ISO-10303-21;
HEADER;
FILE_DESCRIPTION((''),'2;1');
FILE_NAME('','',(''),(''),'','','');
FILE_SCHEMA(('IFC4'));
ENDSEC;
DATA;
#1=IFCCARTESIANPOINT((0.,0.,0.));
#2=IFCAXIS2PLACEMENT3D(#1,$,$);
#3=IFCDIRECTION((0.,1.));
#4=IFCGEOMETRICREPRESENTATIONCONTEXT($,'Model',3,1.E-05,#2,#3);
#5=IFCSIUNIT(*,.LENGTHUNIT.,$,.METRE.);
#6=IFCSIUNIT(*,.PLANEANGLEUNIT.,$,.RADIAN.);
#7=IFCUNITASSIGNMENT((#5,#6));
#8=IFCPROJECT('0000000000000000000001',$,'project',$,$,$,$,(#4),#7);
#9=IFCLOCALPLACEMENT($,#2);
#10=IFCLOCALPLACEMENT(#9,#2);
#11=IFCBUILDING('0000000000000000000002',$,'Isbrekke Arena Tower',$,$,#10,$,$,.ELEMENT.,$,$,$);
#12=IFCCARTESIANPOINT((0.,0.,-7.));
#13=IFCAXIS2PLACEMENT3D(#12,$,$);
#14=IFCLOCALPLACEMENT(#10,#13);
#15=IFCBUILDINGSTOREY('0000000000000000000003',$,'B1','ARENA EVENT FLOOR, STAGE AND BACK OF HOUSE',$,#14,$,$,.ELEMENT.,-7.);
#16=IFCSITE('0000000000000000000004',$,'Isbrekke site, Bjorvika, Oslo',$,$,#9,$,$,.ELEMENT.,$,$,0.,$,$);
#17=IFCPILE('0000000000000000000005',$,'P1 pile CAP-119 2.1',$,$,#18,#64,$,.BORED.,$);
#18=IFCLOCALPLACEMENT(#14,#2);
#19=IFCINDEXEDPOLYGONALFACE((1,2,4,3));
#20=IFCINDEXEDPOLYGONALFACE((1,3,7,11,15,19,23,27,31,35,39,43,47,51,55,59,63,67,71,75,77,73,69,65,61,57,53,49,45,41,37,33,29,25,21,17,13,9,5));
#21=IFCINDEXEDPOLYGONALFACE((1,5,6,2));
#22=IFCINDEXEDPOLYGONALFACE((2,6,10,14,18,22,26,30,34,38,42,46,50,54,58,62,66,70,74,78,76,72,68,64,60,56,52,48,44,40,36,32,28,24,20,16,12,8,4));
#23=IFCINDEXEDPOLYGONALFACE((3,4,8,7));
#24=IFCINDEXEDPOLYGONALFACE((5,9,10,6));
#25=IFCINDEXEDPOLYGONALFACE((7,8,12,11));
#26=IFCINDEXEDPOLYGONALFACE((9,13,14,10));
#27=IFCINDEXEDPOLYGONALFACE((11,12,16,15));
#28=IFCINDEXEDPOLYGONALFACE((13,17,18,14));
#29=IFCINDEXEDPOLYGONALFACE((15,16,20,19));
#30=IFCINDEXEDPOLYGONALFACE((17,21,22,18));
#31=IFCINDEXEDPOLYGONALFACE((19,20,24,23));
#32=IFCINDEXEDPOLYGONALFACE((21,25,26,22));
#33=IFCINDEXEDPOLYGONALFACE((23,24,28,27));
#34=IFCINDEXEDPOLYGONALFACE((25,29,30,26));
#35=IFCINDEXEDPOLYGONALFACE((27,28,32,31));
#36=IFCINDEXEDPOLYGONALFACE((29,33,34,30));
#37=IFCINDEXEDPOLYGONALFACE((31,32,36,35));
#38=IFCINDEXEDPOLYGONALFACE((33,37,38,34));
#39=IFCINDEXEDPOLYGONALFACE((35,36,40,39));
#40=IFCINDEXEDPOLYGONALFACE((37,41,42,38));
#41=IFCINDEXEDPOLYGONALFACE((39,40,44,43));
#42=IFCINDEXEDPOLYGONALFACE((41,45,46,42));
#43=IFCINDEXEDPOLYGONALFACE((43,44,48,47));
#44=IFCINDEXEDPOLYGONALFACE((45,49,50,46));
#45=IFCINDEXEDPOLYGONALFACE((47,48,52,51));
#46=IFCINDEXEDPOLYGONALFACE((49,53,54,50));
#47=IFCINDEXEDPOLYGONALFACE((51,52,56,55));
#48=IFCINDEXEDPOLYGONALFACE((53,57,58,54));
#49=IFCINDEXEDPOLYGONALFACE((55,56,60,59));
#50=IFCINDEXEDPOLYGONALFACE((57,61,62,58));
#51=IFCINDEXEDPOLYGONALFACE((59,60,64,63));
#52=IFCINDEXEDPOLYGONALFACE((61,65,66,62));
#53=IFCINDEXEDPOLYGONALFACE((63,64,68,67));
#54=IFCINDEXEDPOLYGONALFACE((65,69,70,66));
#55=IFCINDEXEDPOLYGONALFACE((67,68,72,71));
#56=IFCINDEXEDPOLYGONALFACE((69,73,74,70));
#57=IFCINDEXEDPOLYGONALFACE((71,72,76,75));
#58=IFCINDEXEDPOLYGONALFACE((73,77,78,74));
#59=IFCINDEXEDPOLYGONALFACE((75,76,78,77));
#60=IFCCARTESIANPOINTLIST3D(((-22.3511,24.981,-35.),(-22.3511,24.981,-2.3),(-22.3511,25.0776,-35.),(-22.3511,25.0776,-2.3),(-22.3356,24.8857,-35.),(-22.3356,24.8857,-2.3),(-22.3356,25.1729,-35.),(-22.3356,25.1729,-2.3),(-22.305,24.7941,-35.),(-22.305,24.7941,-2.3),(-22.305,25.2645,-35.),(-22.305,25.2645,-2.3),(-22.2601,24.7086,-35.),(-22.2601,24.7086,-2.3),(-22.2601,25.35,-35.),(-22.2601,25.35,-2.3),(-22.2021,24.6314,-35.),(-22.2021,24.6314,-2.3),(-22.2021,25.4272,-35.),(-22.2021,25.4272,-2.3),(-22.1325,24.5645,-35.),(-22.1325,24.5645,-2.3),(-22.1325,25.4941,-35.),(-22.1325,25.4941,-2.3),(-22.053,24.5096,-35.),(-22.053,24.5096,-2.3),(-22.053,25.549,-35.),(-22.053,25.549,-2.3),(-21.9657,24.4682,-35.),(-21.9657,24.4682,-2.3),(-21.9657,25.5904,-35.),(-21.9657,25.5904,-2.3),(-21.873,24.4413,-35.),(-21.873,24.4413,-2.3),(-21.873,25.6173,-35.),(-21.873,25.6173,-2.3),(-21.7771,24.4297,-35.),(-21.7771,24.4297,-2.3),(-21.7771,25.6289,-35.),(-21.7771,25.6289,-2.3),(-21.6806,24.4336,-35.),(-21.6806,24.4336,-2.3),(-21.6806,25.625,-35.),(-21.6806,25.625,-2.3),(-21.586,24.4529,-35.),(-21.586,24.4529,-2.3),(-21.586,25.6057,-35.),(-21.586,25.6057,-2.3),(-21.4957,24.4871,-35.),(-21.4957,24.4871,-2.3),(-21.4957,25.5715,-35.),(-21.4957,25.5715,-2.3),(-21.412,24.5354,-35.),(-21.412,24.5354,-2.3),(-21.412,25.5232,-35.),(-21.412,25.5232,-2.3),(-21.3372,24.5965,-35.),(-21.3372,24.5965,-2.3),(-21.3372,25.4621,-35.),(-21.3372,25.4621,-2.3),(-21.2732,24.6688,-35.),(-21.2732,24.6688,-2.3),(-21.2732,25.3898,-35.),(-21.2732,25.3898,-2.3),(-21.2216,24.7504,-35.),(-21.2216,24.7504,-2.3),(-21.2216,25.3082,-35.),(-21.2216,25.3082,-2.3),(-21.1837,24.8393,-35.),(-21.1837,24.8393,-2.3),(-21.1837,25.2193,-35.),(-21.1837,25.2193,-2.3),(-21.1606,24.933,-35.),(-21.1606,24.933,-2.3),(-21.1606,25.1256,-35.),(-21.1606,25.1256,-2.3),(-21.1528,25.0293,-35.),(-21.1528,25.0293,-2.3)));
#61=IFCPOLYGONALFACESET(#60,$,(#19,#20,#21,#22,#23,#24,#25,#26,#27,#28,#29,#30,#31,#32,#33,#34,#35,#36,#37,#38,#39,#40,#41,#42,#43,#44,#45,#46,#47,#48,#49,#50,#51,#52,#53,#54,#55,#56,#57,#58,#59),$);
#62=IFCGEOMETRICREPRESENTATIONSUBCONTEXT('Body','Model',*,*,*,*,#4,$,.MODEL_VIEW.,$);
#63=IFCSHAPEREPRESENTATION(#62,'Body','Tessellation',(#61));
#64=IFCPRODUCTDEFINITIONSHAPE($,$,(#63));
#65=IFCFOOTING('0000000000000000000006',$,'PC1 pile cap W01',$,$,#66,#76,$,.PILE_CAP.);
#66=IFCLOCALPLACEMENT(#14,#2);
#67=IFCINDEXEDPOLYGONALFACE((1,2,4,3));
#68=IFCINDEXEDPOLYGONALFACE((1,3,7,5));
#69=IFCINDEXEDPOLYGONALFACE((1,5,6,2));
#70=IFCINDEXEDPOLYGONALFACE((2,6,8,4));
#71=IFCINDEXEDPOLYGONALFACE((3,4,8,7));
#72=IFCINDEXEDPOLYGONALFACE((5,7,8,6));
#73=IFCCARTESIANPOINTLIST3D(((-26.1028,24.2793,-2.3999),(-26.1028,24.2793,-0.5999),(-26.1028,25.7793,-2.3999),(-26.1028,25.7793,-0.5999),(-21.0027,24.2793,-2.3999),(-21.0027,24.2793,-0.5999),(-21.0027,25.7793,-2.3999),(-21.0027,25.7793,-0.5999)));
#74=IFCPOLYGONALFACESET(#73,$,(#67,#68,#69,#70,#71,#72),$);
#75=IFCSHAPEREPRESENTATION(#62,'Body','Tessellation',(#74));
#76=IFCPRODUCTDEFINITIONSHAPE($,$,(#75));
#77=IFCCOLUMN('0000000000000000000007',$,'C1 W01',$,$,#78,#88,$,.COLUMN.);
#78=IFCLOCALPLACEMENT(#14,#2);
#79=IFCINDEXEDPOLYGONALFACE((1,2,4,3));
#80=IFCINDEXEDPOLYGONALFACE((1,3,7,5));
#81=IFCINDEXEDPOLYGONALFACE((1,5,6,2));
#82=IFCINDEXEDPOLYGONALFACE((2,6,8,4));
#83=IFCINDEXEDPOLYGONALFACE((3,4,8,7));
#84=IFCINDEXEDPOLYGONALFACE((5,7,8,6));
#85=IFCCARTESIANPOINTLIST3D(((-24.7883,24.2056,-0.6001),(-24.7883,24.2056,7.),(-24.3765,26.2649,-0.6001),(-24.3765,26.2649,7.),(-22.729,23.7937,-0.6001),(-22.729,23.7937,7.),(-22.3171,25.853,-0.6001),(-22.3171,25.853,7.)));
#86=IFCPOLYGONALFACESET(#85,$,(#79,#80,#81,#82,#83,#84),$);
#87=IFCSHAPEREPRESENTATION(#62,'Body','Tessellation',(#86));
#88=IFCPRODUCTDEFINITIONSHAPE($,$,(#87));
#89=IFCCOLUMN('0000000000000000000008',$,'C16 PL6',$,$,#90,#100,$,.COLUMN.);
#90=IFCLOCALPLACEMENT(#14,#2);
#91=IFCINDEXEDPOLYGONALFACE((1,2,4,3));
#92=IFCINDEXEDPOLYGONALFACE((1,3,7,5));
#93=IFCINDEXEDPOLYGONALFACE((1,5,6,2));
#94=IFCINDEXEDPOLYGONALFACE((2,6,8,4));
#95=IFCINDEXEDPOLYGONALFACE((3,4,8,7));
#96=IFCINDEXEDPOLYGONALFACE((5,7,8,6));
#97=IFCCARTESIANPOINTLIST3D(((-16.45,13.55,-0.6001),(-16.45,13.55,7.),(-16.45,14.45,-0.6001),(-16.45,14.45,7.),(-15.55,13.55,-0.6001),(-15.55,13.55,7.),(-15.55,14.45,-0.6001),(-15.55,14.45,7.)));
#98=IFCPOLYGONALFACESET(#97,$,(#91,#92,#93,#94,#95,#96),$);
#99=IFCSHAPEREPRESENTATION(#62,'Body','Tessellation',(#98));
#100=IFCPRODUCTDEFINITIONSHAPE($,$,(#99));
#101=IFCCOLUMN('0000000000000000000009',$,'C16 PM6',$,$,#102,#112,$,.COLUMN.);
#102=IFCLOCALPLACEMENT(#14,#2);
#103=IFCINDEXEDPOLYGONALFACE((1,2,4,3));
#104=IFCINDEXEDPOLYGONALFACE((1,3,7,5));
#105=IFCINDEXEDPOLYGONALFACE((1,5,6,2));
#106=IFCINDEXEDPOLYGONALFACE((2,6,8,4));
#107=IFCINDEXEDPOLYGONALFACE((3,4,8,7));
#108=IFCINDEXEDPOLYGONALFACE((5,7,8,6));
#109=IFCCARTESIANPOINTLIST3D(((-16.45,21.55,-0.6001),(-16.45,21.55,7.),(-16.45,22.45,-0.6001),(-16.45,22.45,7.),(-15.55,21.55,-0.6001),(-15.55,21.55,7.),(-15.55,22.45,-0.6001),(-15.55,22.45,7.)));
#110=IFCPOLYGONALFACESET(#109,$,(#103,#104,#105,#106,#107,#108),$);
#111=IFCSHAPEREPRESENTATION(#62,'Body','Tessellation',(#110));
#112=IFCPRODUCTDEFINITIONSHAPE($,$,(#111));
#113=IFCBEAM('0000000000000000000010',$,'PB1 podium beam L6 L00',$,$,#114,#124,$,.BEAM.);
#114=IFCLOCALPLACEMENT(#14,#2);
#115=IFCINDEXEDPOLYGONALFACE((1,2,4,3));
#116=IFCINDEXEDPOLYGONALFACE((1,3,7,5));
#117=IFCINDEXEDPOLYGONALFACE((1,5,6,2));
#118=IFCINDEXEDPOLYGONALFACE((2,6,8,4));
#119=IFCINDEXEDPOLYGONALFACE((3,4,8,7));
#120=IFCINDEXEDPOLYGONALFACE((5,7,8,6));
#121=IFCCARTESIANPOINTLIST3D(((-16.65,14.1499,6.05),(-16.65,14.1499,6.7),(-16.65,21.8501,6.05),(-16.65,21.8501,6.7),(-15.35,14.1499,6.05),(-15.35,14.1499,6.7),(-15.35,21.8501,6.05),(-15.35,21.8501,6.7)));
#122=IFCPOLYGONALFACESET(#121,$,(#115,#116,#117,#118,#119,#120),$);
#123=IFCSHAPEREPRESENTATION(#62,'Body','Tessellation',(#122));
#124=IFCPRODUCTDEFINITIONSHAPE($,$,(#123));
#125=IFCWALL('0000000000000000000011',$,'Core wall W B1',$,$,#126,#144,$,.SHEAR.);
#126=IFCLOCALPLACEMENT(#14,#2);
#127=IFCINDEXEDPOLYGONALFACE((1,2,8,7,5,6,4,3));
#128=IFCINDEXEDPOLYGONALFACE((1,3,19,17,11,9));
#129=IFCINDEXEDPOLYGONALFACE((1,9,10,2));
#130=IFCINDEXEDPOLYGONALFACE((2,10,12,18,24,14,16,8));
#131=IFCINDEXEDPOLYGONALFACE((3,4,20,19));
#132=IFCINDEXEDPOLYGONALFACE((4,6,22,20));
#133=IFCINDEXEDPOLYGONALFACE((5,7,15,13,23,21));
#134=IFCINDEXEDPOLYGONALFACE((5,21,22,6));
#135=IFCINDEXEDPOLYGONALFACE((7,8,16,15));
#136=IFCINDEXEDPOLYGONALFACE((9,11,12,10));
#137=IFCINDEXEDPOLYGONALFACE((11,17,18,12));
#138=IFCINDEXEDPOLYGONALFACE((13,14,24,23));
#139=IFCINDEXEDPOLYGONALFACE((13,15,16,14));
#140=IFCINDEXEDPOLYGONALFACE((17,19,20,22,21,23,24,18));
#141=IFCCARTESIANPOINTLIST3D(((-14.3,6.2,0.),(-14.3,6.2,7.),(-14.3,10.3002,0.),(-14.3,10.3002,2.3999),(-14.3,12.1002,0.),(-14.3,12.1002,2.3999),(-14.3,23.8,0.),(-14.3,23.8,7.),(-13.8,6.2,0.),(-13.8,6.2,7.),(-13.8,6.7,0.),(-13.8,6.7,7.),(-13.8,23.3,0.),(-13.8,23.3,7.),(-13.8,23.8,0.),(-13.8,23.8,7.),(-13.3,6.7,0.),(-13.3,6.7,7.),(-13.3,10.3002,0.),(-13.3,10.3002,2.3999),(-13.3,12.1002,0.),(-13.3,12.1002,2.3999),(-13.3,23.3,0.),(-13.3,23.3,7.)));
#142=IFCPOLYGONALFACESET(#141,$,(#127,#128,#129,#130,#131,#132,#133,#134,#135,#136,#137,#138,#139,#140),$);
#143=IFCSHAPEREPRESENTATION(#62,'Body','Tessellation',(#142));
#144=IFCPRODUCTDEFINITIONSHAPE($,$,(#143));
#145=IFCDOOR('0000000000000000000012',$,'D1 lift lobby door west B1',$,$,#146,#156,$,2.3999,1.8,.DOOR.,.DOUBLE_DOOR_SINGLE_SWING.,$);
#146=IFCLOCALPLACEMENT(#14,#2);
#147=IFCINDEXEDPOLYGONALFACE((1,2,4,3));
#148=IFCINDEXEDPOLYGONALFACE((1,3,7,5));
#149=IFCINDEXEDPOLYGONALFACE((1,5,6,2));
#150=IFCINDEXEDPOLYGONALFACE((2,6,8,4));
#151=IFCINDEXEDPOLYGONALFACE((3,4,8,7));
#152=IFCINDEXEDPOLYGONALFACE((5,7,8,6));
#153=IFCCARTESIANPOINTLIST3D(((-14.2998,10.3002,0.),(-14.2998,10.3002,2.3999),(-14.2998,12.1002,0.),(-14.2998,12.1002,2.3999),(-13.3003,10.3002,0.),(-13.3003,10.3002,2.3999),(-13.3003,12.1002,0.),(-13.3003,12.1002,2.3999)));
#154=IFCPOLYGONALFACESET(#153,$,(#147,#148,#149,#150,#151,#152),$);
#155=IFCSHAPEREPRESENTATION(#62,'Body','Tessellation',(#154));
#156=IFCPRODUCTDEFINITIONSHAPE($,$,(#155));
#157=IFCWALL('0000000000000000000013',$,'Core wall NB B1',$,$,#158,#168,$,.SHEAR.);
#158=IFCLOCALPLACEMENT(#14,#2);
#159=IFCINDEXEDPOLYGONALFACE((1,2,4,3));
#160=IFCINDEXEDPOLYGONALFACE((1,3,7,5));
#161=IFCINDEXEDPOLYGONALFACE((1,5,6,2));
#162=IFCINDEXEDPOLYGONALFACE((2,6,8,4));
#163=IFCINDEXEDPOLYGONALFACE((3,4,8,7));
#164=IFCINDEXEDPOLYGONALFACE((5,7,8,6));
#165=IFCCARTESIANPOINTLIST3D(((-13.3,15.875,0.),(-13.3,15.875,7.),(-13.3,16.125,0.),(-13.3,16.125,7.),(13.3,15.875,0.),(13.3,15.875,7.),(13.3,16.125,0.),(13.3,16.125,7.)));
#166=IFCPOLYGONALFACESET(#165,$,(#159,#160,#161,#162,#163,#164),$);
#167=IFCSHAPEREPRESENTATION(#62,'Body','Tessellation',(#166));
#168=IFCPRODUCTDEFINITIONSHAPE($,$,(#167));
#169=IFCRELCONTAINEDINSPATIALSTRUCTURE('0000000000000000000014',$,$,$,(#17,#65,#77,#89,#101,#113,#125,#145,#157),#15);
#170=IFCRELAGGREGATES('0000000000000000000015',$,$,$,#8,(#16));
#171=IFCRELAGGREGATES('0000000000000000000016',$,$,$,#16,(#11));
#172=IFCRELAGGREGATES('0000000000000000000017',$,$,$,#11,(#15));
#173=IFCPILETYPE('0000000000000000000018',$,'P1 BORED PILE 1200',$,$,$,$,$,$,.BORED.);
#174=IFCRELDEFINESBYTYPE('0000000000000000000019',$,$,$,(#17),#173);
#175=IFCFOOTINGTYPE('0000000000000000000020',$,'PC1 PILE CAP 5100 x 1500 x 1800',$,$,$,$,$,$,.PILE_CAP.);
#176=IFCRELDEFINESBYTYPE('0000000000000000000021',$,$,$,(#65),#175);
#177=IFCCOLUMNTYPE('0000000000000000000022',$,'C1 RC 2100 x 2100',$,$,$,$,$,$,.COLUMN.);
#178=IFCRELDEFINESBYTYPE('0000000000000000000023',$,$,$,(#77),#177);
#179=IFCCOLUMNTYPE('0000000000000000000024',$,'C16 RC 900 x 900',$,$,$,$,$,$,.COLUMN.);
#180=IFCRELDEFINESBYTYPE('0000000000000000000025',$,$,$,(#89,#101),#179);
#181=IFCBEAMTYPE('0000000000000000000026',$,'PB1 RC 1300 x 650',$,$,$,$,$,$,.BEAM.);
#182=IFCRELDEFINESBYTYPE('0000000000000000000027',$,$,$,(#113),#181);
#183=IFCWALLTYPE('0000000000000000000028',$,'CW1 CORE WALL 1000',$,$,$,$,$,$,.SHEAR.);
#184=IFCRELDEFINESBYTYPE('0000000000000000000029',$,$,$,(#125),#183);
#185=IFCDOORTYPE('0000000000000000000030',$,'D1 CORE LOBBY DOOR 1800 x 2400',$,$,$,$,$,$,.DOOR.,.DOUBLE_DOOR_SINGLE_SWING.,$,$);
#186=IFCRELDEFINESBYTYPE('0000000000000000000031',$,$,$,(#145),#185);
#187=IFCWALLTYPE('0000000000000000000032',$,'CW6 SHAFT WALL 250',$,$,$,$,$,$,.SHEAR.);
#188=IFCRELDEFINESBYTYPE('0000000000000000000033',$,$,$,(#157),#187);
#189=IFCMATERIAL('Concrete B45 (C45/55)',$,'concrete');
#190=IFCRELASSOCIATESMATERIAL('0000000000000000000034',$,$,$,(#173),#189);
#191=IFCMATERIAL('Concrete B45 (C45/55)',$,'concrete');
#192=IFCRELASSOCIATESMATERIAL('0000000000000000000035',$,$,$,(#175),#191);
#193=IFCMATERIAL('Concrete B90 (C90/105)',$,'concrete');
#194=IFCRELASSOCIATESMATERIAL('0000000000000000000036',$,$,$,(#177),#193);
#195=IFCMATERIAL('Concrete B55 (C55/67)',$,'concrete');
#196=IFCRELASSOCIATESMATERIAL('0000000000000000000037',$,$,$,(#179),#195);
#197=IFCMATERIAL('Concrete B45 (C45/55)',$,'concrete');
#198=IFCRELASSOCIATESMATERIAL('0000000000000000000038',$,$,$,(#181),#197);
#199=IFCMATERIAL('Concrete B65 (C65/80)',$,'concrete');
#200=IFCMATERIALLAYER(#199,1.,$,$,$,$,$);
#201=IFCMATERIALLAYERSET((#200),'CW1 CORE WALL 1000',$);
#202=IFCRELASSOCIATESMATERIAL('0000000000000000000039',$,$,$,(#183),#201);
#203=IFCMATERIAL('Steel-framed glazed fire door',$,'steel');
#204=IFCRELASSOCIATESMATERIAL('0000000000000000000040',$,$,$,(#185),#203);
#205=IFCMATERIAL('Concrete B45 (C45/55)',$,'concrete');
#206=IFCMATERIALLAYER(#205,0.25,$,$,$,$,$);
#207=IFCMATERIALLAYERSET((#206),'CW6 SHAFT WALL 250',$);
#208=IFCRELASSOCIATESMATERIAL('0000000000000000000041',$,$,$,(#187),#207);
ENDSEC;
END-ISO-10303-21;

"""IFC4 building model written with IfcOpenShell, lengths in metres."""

from ifc_helpers import new_model, si_unit, direction, frame, frame_2d, origin, origin_2d, place, context, subcontext, project, spatial, polyline, rectangle, circle, outline, extrude, material, layer, layer_set, material_profile, profile_set, type_object, element, fill, save


model = new_model("IFC4")

# Units and contexts
model_context = context("Model", 3, precision=1e-05, world=origin(), true_north=direction((0.0, 1.0)))
body_context = subcontext(model_context, "Body", "Model", "MODEL_VIEW")
ifc_project = project(units=[si_unit("LENGTHUNIT", "METRE"), si_unit("PLANEANGLEUNIT", "RADIAN")], contexts=[model_context])

# Site, building, storey
site_placement = place(None, origin())
site = spatial("IfcSite", under=ifc_project, at=site_placement, Name="Isbrekke site, Bjorvika, Oslo", CompositionType="ELEMENT", RefElevation=0.0)
building_placement = place(site_placement, origin())
building = spatial("IfcBuilding", under=site, at=building_placement, Name="Isbrekke Arena Tower", CompositionType="ELEMENT")
storey_placement = place(building_placement, frame((0.0, 0.0, -7.0)))
storey = spatial("IfcBuildingStorey", under=building, at=storey_placement, Name="B1", Description="ARENA EVENT FLOOR, STAGE AND BACK OF HOUSE", CompositionType="ELEMENT", Elevation=-7.0)

# Pile
ifc_material_1 = material(Name="Concrete B45 (C45/55)", Category="concrete")
ifc_material_profile_1 = material_profile(ifc_material_1, circle(Radius=0.6001, at=origin_2d()), Name="BORED PILE D1200")
ifc_profile_set_1 = profile_set([ifc_material_profile_1], Name="Concrete B45 (C45/55)")
pile_type = type_object("IfcPileType", Name="P1 BORED PILE 1200", PredefinedType="BORED", material=ifc_profile_set_1)
for number, where, z_axis, x_axis, name in (
    (1, (-21.7529, 25.0293, -2.3), (0.0, 0.0, -1.0), (1.0, 0.0, 0.0), "P1 pile CAP-119 2.1"),
):
    element("IfcPile", number, at=place(storey_placement, frame(where, z_axis=z_axis, x_axis=x_axis)), inside=storey, type_object=pile_type, Name=name, PredefinedType="BORED", context=body_context, shape_type="SweptSolid", body=[
        extrude(circle(Radius=0.6001, at=origin_2d()), origin(), (0.0, 0.0, 1.0), 32.7),
    ])

# Footing
ifc_material_2 = material(Name="Concrete B45 (C45/55)", Category="concrete")
footing_type = type_object("IfcFootingType", Name="PC1 PILE CAP 5100 x 1500 x 1800", PredefinedType="PILE_CAP", material=ifc_material_2)
footing_placement = place(storey_placement, frame((-23.5527, 25.0293, -2.3999), z_axis=(0.0, 0.0, 1.0), x_axis=(1.0, 0.0, 0.0)))
element("IfcFooting", 2, at=footing_placement, inside=storey, type_object=footing_type, Name="PC1 pile cap W01", PredefinedType="PILE_CAP", context=body_context, shape_type="SweptSolid", body=[
    extrude(rectangle(XDim=5.1001, YDim=1.5, at=origin_2d()), origin(), (0.0, 0.0, 1.0), 1.8),
])

# Columns
ifc_material_3 = material(Name="Concrete B90 (C90/105)", Category="concrete")
ifc_material_profile_2 = material_profile(ifc_material_3, rectangle(XDim=2.1001, YDim=2.1001, at=origin_2d()), Name="RC 2100x2100")
ifc_profile_set_2 = profile_set([ifc_material_profile_2], Name="Concrete B90 (C90/105)")
column_type_1 = type_object("IfcColumnType", Name="C1 RC 2100 x 2100", PredefinedType="COLUMN", material=ifc_profile_set_2)
column_placement = place(storey_placement, frame((-23.5527, 25.0293, -0.6001), z_axis=(0.0, 0.0, 1.0), x_axis=(-0.196116, -0.980581, 0.0)))
element("IfcColumn", 3, at=column_placement, inside=storey, type_object=column_type_1, Name="C1 W01", PredefinedType="COLUMN", context=body_context, shape_type="SweptSolid", body=[
    extrude(rectangle(XDim=2.1001, YDim=2.1001, at=origin_2d()), origin(), (0.0, 0.0, 1.0), 7.6001),
])
ifc_material_4 = material(Name="Concrete B55 (C55/67)", Category="concrete")
ifc_material_profile_3 = material_profile(ifc_material_4, rectangle(XDim=0.8999, YDim=0.8999, at=origin_2d()), Name="RC 900x900")
ifc_profile_set_3 = profile_set([ifc_material_profile_3], Name="Concrete B55 (C55/67)")
column_type_2 = type_object("IfcColumnType", Name="C16 RC 900 x 900", PredefinedType="COLUMN", material=ifc_profile_set_3)
for number, where, z_axis, x_axis, name in (
    (4, (-16.0, 14.0, -0.6001), (0.0, 0.0, 1.0), (1.0, 0.0, 0.0), "C16 PL6"),
    (5, (-16.0, 22.0, -0.6001), (0.0, 0.0, 1.0), (1.0, 0.0, 0.0), "C16 PM6"),
):
    element("IfcColumn", number, at=place(storey_placement, frame(where, z_axis=z_axis, x_axis=x_axis)), inside=storey, type_object=column_type_2, Name=name, PredefinedType="COLUMN", context=body_context, shape_type="SweptSolid", body=[
        extrude(rectangle(XDim=0.8999, YDim=0.8999, at=origin_2d()), origin(), (0.0, 0.0, 1.0), 7.6001),
    ])

# Beam
ifc_material_5 = material(Name="Concrete B45 (C45/55)", Category="concrete")
ifc_material_profile_4 = material_profile(ifc_material_5, rectangle(XDim=1.3, YDim=0.6499, at=origin_2d()), Name="RC 1300x650")
ifc_profile_set_4 = profile_set([ifc_material_profile_4], Name="Concrete B45 (C45/55)")
beam_type = type_object("IfcBeamType", Name="PB1 RC 1300 x 650", PredefinedType="BEAM", material=ifc_profile_set_4)
beam_placement = place(storey_placement, frame((-16.0, 14.1499, 6.375), z_axis=(0.0, 1.0, 0.0), x_axis=(-1.0, 0.0, 0.0)))
element("IfcBeam", 6, at=beam_placement, inside=storey, type_object=beam_type, Name="PB1 podium beam L6 L00", PredefinedType="BEAM", context=body_context, shape_type="SweptSolid", body=[
    extrude(rectangle(XDim=1.3, YDim=0.6499, at=origin_2d()), origin(), (0.0, 0.0, 1.0), 7.7002),
])

# Wall, opening, door
ifc_material_6 = material(Name="Concrete B65 (C65/80)", Category="concrete")
ifc_layer_1 = layer(ifc_material_6, 1.0)
ifc_layer_set_1 = layer_set([ifc_layer_1], Name="CW1 CORE WALL 1000")
wall_type_1 = type_object("IfcWallType", Name="CW1 CORE WALL 1000", PredefinedType="SHEAR", material=ifc_layer_set_1)
wall_1_placement = place(storey_placement, frame((-13.8, 23.8, 0.0), z_axis=(0.0, 0.0, 1.0), x_axis=(0.0, -1.0, 0.0)))
wall_1 = element("IfcWall", 7, at=wall_1_placement, inside=storey, type_object=wall_type_1, Name="Core wall W B1", PredefinedType="SHEAR", context=body_context, shape_type="SweptSolid", body=[
    extrude(outline(polyline([(0.0, -0.5), (17.6001, -0.5), (17.6001, 0.0), (17.1001, 0.0), (17.1001, 0.5), (0.5, 0.5), (0.5, 0.0), (0.0, 0.0), (0.0, -0.5)])), origin(), (0.0, 0.0, 1.0), 7.0),
])
opening_placement = place(wall_1_placement, frame((11.7, 0.0, 0.0)))
opening = element("IfcOpeningElement", 8, at=opening_placement, cuts=wall_1, PredefinedType="OPENING", context=body_context, shape_type="SweptSolid", body=[
    extrude(rectangle(XDim=1.8, YDim=2.3999, at=frame_2d((0.8999, 1.2))), frame((0.0, 0.5149, 0.0), z_axis=(0.0, -1.0, 0.0), x_axis=(1.0, 0.0, 0.0)), (0.0, 0.0, 1.0), 1.0298),
])
ifc_material_7 = material(Name="Steel-framed glazed fire door", Category="steel")
door_type = type_object("IfcDoorType", Name="D1 CORE LOBBY DOOR 1800 x 2400", OperationType="DOUBLE_DOOR_SINGLE_SWING", PredefinedType="DOOR", material=ifc_material_7)
door_placement = place(opening_placement, origin())
door = element("IfcDoor", 9, at=door_placement, inside=storey, type_object=door_type, Name="D1 lift lobby door west B1", OperationType="DOUBLE_DOOR_SINGLE_SWING", OverallHeight=2.3999, OverallWidth=1.8, PredefinedType="DOOR", context=body_context, shape_type="SweptSolid", body=[
    extrude(rectangle(XDim=1.8, YDim=2.3999, at=frame_2d((0.8999, 1.2))), frame((0.0, 0.4998, 0.0), z_axis=(0.0, -1.0, 0.0), x_axis=(1.0, 0.0, 0.0)), (0.0, 0.0, 1.0), 0.9995),
])
fill(opening, door)

# Wall
ifc_material_8 = material(Name="Concrete B45 (C45/55)", Category="concrete")
ifc_layer_2 = layer(ifc_material_8, 0.25)
ifc_layer_set_2 = layer_set([ifc_layer_2], Name="CW6 SHAFT WALL 250")
wall_type_2 = type_object("IfcWallType", Name="CW6 SHAFT WALL 250", PredefinedType="SHEAR", material=ifc_layer_set_2)
wall_2_placement = place(storey_placement, frame((-13.3, 16.0, 0.0), z_axis=(0.0, 0.0, 1.0), x_axis=(1.0, 0.0, 0.0)))
element("IfcWall", 10, at=wall_2_placement, inside=storey, type_object=wall_type_2, Name="Core wall NB B1", PredefinedType="SHEAR", context=body_context, shape_type="SweptSolid", body=[
    extrude(rectangle(XDim=26.6001, YDim=0.25, at=frame_2d((13.3, 0.0))), origin(), (0.0, 0.0, 1.0), 7.0),
])

save(model, "model.ifc")
